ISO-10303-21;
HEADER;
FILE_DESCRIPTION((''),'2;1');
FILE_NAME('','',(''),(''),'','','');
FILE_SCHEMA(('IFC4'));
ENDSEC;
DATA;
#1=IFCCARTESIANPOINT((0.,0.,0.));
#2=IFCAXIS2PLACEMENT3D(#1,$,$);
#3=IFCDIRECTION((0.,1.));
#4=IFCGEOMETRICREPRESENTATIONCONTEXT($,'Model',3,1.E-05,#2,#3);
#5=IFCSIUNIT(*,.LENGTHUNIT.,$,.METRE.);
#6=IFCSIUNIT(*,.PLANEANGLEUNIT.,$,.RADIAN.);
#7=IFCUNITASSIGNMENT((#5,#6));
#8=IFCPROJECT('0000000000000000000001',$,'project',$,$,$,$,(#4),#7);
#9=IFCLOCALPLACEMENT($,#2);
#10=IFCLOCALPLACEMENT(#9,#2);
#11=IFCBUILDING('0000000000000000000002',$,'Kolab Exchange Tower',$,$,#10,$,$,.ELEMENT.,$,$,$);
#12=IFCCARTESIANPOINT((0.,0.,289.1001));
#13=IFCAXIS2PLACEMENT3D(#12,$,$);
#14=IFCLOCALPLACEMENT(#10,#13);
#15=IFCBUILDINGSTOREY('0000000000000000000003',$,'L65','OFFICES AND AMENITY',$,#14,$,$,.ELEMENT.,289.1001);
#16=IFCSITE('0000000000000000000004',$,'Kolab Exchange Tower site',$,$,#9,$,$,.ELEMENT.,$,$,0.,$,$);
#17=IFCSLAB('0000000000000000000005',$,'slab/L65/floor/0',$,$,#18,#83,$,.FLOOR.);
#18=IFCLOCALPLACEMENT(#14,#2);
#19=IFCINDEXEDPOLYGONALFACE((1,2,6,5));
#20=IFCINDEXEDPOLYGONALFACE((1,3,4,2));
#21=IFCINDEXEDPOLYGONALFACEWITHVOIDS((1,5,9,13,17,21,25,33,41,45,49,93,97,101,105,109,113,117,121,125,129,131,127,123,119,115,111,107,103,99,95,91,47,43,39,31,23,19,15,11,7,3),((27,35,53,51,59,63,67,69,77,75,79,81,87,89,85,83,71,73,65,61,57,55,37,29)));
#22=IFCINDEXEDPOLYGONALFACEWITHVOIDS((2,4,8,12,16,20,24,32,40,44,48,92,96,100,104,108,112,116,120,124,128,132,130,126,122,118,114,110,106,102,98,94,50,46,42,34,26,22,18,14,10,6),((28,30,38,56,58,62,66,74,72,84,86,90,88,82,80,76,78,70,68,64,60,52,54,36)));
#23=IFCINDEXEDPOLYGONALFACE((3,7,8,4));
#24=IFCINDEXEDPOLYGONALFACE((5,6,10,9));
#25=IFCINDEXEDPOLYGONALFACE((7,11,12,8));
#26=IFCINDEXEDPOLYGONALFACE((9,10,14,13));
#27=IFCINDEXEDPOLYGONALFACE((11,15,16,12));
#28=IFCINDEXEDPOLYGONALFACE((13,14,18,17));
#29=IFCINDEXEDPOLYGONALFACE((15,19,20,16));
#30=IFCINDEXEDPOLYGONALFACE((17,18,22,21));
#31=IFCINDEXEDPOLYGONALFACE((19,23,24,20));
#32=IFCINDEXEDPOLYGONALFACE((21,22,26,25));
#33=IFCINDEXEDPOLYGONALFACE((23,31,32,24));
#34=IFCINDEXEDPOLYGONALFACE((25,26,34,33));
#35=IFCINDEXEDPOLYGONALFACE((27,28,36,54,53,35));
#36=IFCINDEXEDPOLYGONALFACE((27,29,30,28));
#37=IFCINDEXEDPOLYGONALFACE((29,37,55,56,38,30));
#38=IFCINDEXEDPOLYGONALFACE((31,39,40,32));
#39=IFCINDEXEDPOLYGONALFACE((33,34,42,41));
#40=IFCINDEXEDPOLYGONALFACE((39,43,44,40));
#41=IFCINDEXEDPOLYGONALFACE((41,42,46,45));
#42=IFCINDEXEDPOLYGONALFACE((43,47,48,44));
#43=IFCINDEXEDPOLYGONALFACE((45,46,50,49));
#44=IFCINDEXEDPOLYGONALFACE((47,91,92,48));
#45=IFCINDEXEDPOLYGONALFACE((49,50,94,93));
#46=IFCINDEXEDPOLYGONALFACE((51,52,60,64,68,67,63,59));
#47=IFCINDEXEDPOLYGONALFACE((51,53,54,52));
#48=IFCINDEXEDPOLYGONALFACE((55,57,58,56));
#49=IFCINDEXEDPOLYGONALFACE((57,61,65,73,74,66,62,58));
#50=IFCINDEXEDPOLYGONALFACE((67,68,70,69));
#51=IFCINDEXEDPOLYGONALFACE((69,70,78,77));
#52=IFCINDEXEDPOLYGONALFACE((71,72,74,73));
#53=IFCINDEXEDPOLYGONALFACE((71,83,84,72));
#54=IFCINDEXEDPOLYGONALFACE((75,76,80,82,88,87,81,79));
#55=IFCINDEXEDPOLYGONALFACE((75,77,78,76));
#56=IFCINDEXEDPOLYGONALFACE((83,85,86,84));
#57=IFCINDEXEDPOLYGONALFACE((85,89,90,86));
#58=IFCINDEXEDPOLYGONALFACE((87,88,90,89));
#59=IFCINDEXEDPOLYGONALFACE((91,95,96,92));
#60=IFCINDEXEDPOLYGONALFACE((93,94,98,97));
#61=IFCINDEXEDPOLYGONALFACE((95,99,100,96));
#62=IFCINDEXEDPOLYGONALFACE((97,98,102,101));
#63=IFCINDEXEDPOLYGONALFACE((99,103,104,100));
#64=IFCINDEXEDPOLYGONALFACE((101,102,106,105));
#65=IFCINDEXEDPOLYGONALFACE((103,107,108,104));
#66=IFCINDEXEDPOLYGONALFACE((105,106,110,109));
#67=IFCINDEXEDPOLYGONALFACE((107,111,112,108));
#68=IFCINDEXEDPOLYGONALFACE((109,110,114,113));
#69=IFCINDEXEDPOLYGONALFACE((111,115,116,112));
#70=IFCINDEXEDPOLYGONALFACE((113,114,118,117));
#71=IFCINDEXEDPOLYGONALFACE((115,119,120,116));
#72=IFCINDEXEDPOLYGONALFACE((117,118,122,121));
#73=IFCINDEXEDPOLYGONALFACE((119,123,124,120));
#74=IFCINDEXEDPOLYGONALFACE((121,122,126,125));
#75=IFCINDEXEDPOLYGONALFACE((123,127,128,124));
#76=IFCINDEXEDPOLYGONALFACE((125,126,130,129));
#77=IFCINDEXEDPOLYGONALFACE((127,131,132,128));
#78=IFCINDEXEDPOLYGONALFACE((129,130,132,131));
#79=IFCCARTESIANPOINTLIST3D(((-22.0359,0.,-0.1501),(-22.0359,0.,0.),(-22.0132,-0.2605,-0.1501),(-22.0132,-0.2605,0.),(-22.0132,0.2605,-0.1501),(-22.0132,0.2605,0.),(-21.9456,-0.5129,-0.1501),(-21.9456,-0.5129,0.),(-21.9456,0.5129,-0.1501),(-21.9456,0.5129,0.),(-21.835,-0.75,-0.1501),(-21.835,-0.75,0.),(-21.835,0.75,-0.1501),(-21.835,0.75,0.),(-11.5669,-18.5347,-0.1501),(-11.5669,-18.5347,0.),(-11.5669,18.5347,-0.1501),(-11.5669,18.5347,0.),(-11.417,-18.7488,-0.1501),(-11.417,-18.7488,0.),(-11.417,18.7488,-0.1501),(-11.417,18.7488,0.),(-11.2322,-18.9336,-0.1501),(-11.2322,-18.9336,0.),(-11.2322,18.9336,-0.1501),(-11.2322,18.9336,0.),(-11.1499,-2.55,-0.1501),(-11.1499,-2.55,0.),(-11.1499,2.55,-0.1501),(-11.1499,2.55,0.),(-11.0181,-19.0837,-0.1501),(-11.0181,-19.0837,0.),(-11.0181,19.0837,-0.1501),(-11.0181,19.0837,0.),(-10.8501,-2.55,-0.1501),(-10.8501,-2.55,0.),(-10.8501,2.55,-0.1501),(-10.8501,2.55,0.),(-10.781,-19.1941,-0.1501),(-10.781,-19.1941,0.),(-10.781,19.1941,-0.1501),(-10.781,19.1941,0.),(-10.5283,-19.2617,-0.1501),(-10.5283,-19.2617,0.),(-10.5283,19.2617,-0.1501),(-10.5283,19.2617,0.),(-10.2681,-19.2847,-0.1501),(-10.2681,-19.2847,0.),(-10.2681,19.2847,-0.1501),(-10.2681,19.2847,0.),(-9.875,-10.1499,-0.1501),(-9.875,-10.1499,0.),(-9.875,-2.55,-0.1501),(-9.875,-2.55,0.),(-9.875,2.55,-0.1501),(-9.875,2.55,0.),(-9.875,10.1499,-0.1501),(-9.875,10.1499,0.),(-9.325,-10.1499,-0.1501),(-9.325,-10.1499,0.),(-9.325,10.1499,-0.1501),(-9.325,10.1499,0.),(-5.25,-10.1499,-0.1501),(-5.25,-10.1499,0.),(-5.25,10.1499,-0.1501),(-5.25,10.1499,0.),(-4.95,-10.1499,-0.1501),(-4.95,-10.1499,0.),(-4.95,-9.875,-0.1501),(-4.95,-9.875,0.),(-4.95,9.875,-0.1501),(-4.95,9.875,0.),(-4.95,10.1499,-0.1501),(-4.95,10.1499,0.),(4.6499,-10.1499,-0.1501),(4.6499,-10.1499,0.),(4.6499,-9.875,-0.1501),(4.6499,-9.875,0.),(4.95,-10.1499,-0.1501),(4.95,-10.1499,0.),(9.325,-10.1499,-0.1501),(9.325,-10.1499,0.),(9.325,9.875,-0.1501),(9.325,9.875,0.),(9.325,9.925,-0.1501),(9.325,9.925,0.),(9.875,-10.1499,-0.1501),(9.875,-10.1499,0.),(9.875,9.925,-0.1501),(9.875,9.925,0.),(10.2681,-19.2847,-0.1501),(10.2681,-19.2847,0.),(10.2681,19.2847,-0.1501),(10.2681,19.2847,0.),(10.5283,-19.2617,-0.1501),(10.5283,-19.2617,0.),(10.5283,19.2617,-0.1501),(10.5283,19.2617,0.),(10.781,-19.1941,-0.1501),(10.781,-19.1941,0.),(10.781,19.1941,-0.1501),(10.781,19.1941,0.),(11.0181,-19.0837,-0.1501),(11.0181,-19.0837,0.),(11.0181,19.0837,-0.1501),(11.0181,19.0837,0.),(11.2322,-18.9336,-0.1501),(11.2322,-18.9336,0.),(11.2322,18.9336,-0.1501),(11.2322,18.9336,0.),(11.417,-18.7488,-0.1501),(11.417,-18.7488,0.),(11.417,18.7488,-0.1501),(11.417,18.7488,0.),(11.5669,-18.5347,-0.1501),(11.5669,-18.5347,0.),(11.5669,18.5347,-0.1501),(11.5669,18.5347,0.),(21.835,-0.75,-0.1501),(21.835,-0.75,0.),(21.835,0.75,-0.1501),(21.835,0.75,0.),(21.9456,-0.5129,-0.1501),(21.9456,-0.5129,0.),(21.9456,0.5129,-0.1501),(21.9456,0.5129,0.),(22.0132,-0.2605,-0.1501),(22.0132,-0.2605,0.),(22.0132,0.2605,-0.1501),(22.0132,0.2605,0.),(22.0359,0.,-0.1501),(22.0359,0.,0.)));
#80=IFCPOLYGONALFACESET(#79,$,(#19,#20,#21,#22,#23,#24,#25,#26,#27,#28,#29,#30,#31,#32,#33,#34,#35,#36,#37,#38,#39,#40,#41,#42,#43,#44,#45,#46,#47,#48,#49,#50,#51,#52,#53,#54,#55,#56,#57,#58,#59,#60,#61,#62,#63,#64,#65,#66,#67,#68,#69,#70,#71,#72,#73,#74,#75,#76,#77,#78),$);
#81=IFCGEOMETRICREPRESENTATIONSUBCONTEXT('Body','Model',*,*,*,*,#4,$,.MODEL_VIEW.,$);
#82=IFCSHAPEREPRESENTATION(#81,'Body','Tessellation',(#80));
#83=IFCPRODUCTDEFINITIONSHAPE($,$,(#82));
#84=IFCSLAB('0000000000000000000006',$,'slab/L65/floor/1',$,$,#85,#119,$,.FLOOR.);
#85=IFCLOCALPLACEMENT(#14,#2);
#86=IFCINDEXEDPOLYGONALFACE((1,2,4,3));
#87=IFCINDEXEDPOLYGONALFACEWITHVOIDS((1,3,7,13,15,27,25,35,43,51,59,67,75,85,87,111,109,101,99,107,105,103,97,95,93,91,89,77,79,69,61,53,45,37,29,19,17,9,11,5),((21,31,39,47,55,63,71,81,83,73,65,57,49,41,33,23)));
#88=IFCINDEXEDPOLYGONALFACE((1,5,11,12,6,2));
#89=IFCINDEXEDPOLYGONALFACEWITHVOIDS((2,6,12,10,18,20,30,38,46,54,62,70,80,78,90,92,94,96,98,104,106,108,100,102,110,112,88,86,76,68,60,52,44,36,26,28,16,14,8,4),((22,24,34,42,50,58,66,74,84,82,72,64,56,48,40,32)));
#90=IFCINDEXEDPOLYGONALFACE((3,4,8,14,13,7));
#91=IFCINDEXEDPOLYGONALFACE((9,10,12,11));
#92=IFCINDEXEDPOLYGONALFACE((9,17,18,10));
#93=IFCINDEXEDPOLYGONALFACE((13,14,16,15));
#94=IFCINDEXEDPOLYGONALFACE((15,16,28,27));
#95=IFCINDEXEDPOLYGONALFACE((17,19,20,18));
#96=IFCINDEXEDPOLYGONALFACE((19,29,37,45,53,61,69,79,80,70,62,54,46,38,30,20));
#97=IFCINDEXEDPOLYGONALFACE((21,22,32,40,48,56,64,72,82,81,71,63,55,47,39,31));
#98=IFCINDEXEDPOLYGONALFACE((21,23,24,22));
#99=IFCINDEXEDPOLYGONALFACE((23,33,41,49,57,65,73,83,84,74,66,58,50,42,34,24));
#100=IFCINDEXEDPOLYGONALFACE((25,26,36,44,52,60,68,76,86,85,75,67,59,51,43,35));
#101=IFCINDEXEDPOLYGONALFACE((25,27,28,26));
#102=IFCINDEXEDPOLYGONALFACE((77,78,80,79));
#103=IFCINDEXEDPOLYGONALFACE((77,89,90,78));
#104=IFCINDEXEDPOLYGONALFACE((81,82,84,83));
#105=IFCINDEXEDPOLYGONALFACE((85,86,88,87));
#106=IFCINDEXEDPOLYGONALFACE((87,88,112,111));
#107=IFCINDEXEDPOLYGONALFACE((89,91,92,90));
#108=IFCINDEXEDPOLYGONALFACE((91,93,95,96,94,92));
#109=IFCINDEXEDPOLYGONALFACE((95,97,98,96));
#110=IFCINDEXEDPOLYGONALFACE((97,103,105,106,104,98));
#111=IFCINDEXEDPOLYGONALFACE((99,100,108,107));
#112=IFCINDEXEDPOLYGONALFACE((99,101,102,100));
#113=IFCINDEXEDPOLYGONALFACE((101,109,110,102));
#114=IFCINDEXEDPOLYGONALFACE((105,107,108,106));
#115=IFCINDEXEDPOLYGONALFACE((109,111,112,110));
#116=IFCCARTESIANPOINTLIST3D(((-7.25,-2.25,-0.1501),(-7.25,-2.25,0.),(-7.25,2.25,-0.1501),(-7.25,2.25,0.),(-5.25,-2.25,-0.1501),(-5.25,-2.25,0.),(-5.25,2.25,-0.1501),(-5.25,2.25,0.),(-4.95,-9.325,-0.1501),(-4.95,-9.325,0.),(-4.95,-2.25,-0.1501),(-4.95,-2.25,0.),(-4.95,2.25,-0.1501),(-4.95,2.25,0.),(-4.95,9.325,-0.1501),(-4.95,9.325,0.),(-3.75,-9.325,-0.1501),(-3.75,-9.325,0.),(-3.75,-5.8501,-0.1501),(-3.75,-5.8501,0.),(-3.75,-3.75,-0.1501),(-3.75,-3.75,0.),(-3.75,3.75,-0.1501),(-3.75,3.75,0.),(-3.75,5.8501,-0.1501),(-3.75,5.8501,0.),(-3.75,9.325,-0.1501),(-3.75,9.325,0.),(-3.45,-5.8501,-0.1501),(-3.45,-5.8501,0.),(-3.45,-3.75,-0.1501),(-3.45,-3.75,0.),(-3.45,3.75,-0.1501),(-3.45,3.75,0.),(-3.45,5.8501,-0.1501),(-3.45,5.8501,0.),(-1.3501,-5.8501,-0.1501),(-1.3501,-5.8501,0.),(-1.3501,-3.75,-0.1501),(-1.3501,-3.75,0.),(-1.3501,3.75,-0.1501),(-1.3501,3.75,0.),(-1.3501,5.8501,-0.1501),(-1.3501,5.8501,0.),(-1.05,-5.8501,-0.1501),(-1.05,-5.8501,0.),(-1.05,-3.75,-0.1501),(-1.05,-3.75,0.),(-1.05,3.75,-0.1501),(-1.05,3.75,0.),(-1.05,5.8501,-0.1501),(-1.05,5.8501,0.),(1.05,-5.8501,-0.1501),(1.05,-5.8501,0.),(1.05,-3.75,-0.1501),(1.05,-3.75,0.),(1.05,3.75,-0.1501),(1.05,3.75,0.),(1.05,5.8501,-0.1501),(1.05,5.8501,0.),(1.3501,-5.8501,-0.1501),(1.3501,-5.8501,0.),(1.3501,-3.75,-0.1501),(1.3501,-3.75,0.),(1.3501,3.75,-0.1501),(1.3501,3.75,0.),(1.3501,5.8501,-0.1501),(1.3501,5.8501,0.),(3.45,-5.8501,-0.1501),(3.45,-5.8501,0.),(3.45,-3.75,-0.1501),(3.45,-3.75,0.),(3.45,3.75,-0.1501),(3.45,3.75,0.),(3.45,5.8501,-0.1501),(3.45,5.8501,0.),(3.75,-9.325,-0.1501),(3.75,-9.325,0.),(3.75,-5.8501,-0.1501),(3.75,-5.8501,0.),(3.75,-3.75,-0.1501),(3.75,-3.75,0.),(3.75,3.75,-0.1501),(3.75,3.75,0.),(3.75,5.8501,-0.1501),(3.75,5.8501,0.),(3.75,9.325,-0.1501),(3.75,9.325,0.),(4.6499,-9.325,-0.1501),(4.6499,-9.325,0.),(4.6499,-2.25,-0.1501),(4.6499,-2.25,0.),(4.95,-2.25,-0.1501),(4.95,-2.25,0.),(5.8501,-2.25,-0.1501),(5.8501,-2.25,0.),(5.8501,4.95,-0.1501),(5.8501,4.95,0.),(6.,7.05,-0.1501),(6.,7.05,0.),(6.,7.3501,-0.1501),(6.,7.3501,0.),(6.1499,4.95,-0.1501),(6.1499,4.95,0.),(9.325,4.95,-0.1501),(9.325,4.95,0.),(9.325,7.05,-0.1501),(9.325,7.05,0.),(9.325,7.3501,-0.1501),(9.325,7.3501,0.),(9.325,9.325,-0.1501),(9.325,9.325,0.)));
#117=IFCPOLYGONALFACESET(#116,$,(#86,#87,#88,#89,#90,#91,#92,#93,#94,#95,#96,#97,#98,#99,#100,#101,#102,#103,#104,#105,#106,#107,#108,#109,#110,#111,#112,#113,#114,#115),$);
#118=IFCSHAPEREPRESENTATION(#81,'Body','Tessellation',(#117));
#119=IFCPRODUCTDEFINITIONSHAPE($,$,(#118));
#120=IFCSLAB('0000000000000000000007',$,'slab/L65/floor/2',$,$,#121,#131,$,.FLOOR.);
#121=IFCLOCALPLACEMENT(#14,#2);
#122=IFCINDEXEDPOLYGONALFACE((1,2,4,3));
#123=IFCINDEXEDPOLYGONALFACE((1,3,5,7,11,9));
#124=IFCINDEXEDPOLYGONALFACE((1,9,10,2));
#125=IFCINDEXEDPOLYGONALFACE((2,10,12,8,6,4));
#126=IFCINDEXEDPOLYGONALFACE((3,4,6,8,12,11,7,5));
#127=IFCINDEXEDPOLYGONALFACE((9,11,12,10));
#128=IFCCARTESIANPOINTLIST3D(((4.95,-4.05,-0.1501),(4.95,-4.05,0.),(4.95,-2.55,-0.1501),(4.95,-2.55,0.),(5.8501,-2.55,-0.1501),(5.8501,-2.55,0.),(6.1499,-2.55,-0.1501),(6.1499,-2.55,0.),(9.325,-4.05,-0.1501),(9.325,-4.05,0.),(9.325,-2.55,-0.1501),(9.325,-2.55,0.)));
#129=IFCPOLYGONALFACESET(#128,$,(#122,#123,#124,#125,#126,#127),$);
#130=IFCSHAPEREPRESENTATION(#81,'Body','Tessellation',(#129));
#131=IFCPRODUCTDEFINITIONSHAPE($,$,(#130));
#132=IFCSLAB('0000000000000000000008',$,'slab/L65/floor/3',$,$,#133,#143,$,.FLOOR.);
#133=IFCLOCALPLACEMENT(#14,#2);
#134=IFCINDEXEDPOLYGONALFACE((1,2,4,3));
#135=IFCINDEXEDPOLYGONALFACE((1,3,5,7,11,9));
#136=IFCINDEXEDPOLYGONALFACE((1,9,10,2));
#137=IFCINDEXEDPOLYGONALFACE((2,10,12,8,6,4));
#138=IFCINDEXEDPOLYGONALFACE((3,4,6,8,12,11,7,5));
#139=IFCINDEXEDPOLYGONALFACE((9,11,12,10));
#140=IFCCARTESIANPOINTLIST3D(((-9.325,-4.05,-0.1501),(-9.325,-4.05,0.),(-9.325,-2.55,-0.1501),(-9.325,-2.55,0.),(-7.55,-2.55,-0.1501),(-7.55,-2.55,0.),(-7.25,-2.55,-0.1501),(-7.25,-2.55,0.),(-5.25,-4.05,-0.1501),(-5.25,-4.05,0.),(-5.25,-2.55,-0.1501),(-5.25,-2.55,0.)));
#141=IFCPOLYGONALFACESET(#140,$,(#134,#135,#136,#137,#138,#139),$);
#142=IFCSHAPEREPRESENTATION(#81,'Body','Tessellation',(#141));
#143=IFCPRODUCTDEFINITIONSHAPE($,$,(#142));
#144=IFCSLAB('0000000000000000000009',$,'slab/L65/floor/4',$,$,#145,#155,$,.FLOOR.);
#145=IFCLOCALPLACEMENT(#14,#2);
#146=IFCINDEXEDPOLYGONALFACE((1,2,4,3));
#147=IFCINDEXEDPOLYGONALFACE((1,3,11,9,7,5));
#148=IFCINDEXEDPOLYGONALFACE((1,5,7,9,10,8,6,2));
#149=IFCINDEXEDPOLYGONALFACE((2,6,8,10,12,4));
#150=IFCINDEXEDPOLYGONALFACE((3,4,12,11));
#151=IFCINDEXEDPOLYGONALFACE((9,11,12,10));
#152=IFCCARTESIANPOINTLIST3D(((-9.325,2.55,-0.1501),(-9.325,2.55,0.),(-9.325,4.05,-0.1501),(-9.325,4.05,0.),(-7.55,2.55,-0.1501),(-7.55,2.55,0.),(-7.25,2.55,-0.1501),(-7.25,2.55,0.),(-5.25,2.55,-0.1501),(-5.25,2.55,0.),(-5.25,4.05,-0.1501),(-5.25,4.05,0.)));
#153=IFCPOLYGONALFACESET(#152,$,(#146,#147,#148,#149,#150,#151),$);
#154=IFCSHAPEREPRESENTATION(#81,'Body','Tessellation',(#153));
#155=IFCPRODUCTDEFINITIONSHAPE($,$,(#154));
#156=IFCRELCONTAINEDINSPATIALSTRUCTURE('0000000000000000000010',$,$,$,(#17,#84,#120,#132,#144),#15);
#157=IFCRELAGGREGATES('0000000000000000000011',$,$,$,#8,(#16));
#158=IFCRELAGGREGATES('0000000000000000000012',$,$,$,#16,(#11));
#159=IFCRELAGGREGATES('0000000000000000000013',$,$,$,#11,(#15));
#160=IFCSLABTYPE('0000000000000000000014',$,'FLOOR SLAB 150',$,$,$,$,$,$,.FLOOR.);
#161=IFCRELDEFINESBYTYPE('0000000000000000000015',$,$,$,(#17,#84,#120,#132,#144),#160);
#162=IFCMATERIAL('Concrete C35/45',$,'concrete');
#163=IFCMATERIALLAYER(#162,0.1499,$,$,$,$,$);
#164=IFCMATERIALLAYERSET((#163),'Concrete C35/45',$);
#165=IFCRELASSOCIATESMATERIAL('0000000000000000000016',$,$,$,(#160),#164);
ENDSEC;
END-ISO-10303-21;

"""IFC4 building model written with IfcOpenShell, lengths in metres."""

from ifc_helpers import new_model, si_unit, direction, frame, origin, place, context, subcontext, project, spatial, polyline, outline, extrude, material, layer, layer_set, type_object, element, save


model = new_model("IFC4")

# Units and contexts
model_context = context("Model", 3, precision=1e-05, world=origin(), true_north=direction((0.0, 1.0)))
body_context = subcontext(model_context, "Body", "Model", "MODEL_VIEW")
ifc_project = project(units=[si_unit("LENGTHUNIT", "METRE"), si_unit("PLANEANGLEUNIT", "RADIAN")], contexts=[model_context])

# Site, building, storey
site_placement = place(None, origin())
site = spatial("IfcSite", under=ifc_project, at=site_placement, Name="Kolab Exchange Tower site", CompositionType="ELEMENT", RefElevation=0.0)
building_placement = place(site_placement, origin())
building = spatial("IfcBuilding", under=site, at=building_placement, Name="Kolab Exchange Tower", CompositionType="ELEMENT")
storey_placement = place(building_placement, frame((0.0, 0.0, 289.1001)))
storey = spatial("IfcBuildingStorey", under=building, at=storey_placement, Name="L65", Description="OFFICES AND AMENITY", CompositionType="ELEMENT", Elevation=289.1001)

# Slabs
ifc_material_1 = material(Name="Concrete C35/45", Category="concrete")
ifc_layer_1 = layer(ifc_material_1, 0.1499)
ifc_layer_set_1 = layer_set([ifc_layer_1], Name="Concrete C35/45")
slab_type_1 = type_object("IfcSlabType", Name="FLOOR SLAB 150", PredefinedType="FLOOR", material=ifc_layer_set_1)
slab_1_placement = place(storey_placement, frame((0.0, 0.0, -0.1501)))
element("IfcSlab", 1, at=slab_1_placement, inside=storey, type_object=slab_type_1, Name="slab/L65/floor/0", PredefinedType="FLOOR", context=body_context, shape_type="SweptSolid", body=[
    extrude(outline(polyline([(11.5669, -18.5347), (21.835, -0.75), (21.9456, -0.5129), (22.0132, -0.2605), (22.0359, 0.0), (22.0132, 0.2605), (21.9456, 0.5129), (21.835, 0.75), (11.5669, 18.5347), (11.417, 18.7488), (11.2322, 18.9336), (11.0181, 19.0837), (10.781, 19.1941), (10.5283, 19.2617), (10.2681, 19.2847), (-10.2681, 19.2847), (-10.5283, 19.2617), (-10.781, 19.1941), (-11.0181, 19.0837), (-11.2322, 18.9336), (-11.417, 18.7488), (-11.5669, 18.5347), (-21.835, 0.75), (-21.9456, 0.5129), (-22.0132, 0.2605), (-22.0359, 0.0), (-22.0132, -0.2605), (-21.9456, -0.5129), (-21.835, -0.75), (-11.5669, -18.5347), (-11.417, -18.7488), (-11.2322, -18.9336), (-11.0181, -19.0837), (-10.781, -19.1941), (-10.5283, -19.2617), (-10.2681, -19.2847), (10.2681, -19.2847), (10.5283, -19.2617), (10.781, -19.1941), (11.0181, -19.0837), (11.2322, -18.9336), (11.417, -18.7488), (11.5669, -18.5347)]), holes=[polyline([(-9.325, -10.1499), (-9.875, -10.1499), (-9.875, -2.55), (-10.8501, -2.55), (-11.1499, -2.55), (-11.1499, 2.55), (-10.8501, 2.55), (-9.875, 2.55), (-9.875, 10.1499), (-9.325, 10.1499), (-5.25, 10.1499), (-4.95, 10.1499), (-4.95, 9.875), (9.325, 9.875), (9.325, 9.925), (9.875, 9.925), (9.875, -10.1499), (9.325, -10.1499), (4.95, -10.1499), (4.6499, -10.1499), (4.6499, -9.875), (-4.95, -9.875), (-4.95, -10.1499), (-5.25, -10.1499), (-9.325, -10.1499)])]), origin(), (0.0, 0.0, 1.0), 0.1501),
])
slab_2_placement = place(storey_placement, frame((0.0, 0.0, -0.1501)))
element("IfcSlab", 2, at=slab_2_placement, inside=storey, type_object=slab_type_1, Name="slab/L65/floor/1", PredefinedType="FLOOR", context=body_context, shape_type="SweptSolid", body=[
    extrude(outline(polyline([(-4.95, 9.325), (-4.95, 2.25), (-5.25, 2.25), (-7.25, 2.25), (-7.25, -2.25), (-5.25, -2.25), (-4.95, -2.25), (-4.95, -9.325), (-3.75, -9.325), (-3.75, -5.8501), (-3.45, -5.8501), (-1.3501, -5.8501), (-1.05, -5.8501), (1.05, -5.8501), (1.3501, -5.8501), (3.45, -5.8501), (3.75, -5.8501), (3.75, -9.325), (4.6499, -9.325), (4.6499, -2.25), (4.95, -2.25), (5.8501, -2.25), (5.8501, 4.95), (6.1499, 4.95), (9.325, 4.95), (9.325, 7.05), (6.0, 7.05), (6.0, 7.3501), (9.325, 7.3501), (9.325, 9.325), (3.75, 9.325), (3.75, 5.8501), (3.45, 5.8501), (1.3501, 5.8501), (1.05, 5.8501), (-1.05, 5.8501), (-1.3501, 5.8501), (-3.45, 5.8501), (-3.75, 5.8501), (-3.75, 9.325), (-4.95, 9.325)]), holes=[polyline([(-3.45, -3.75), (-3.75, -3.75), (-3.75, 3.75), (-3.45, 3.75), (-1.3501, 3.75), (-1.05, 3.75), (1.05, 3.75), (1.3501, 3.75), (3.45, 3.75), (3.75, 3.75), (3.75, -3.75), (3.45, -3.75), (1.3501, -3.75), (1.05, -3.75), (-1.05, -3.75), (-1.3501, -3.75), (-3.45, -3.75)])]), origin(), (0.0, 0.0, 1.0), 0.1501),
])
slab_3_placement = place(storey_placement, frame((0.0, 0.0, -0.1501)))
element("IfcSlab", 3, at=slab_3_placement, inside=storey, type_object=slab_type_1, Name="slab/L65/floor/2", PredefinedType="FLOOR", context=body_context, shape_type="SweptSolid", body=[
    extrude(outline(polyline([(4.95, -2.55), (4.95, -4.05), (9.325, -4.05), (9.325, -2.55), (6.1499, -2.55), (5.8501, -2.55), (4.95, -2.55)])), origin(), (0.0, 0.0, 1.0), 0.1501),
])
slab_4_placement = place(storey_placement, frame((0.0, 0.0, -0.1501)))
element("IfcSlab", 4, at=slab_4_placement, inside=storey, type_object=slab_type_1, Name="slab/L65/floor/3", PredefinedType="FLOOR", context=body_context, shape_type="SweptSolid", body=[
    extrude(outline(polyline([(-7.55, -2.55), (-9.325, -2.55), (-9.325, -4.05), (-5.25, -4.05), (-5.25, -2.55), (-7.25, -2.55), (-7.55, -2.55)])), origin(), (0.0, 0.0, 1.0), 0.1501),
])
slab_5_placement = place(storey_placement, frame((0.0, 0.0, -0.1501)))
element("IfcSlab", 5, at=slab_5_placement, inside=storey, type_object=slab_type_1, Name="slab/L65/floor/4", PredefinedType="FLOOR", context=body_context, shape_type="SweptSolid", body=[
    extrude(outline(polyline([(-9.325, 4.05), (-9.325, 2.55), (-7.55, 2.55), (-7.25, 2.55), (-5.25, 2.55), (-5.25, 4.05), (-9.325, 4.05)])), origin(), (0.0, 0.0, 1.0), 0.1501),
])

save(model, "model.ifc")
